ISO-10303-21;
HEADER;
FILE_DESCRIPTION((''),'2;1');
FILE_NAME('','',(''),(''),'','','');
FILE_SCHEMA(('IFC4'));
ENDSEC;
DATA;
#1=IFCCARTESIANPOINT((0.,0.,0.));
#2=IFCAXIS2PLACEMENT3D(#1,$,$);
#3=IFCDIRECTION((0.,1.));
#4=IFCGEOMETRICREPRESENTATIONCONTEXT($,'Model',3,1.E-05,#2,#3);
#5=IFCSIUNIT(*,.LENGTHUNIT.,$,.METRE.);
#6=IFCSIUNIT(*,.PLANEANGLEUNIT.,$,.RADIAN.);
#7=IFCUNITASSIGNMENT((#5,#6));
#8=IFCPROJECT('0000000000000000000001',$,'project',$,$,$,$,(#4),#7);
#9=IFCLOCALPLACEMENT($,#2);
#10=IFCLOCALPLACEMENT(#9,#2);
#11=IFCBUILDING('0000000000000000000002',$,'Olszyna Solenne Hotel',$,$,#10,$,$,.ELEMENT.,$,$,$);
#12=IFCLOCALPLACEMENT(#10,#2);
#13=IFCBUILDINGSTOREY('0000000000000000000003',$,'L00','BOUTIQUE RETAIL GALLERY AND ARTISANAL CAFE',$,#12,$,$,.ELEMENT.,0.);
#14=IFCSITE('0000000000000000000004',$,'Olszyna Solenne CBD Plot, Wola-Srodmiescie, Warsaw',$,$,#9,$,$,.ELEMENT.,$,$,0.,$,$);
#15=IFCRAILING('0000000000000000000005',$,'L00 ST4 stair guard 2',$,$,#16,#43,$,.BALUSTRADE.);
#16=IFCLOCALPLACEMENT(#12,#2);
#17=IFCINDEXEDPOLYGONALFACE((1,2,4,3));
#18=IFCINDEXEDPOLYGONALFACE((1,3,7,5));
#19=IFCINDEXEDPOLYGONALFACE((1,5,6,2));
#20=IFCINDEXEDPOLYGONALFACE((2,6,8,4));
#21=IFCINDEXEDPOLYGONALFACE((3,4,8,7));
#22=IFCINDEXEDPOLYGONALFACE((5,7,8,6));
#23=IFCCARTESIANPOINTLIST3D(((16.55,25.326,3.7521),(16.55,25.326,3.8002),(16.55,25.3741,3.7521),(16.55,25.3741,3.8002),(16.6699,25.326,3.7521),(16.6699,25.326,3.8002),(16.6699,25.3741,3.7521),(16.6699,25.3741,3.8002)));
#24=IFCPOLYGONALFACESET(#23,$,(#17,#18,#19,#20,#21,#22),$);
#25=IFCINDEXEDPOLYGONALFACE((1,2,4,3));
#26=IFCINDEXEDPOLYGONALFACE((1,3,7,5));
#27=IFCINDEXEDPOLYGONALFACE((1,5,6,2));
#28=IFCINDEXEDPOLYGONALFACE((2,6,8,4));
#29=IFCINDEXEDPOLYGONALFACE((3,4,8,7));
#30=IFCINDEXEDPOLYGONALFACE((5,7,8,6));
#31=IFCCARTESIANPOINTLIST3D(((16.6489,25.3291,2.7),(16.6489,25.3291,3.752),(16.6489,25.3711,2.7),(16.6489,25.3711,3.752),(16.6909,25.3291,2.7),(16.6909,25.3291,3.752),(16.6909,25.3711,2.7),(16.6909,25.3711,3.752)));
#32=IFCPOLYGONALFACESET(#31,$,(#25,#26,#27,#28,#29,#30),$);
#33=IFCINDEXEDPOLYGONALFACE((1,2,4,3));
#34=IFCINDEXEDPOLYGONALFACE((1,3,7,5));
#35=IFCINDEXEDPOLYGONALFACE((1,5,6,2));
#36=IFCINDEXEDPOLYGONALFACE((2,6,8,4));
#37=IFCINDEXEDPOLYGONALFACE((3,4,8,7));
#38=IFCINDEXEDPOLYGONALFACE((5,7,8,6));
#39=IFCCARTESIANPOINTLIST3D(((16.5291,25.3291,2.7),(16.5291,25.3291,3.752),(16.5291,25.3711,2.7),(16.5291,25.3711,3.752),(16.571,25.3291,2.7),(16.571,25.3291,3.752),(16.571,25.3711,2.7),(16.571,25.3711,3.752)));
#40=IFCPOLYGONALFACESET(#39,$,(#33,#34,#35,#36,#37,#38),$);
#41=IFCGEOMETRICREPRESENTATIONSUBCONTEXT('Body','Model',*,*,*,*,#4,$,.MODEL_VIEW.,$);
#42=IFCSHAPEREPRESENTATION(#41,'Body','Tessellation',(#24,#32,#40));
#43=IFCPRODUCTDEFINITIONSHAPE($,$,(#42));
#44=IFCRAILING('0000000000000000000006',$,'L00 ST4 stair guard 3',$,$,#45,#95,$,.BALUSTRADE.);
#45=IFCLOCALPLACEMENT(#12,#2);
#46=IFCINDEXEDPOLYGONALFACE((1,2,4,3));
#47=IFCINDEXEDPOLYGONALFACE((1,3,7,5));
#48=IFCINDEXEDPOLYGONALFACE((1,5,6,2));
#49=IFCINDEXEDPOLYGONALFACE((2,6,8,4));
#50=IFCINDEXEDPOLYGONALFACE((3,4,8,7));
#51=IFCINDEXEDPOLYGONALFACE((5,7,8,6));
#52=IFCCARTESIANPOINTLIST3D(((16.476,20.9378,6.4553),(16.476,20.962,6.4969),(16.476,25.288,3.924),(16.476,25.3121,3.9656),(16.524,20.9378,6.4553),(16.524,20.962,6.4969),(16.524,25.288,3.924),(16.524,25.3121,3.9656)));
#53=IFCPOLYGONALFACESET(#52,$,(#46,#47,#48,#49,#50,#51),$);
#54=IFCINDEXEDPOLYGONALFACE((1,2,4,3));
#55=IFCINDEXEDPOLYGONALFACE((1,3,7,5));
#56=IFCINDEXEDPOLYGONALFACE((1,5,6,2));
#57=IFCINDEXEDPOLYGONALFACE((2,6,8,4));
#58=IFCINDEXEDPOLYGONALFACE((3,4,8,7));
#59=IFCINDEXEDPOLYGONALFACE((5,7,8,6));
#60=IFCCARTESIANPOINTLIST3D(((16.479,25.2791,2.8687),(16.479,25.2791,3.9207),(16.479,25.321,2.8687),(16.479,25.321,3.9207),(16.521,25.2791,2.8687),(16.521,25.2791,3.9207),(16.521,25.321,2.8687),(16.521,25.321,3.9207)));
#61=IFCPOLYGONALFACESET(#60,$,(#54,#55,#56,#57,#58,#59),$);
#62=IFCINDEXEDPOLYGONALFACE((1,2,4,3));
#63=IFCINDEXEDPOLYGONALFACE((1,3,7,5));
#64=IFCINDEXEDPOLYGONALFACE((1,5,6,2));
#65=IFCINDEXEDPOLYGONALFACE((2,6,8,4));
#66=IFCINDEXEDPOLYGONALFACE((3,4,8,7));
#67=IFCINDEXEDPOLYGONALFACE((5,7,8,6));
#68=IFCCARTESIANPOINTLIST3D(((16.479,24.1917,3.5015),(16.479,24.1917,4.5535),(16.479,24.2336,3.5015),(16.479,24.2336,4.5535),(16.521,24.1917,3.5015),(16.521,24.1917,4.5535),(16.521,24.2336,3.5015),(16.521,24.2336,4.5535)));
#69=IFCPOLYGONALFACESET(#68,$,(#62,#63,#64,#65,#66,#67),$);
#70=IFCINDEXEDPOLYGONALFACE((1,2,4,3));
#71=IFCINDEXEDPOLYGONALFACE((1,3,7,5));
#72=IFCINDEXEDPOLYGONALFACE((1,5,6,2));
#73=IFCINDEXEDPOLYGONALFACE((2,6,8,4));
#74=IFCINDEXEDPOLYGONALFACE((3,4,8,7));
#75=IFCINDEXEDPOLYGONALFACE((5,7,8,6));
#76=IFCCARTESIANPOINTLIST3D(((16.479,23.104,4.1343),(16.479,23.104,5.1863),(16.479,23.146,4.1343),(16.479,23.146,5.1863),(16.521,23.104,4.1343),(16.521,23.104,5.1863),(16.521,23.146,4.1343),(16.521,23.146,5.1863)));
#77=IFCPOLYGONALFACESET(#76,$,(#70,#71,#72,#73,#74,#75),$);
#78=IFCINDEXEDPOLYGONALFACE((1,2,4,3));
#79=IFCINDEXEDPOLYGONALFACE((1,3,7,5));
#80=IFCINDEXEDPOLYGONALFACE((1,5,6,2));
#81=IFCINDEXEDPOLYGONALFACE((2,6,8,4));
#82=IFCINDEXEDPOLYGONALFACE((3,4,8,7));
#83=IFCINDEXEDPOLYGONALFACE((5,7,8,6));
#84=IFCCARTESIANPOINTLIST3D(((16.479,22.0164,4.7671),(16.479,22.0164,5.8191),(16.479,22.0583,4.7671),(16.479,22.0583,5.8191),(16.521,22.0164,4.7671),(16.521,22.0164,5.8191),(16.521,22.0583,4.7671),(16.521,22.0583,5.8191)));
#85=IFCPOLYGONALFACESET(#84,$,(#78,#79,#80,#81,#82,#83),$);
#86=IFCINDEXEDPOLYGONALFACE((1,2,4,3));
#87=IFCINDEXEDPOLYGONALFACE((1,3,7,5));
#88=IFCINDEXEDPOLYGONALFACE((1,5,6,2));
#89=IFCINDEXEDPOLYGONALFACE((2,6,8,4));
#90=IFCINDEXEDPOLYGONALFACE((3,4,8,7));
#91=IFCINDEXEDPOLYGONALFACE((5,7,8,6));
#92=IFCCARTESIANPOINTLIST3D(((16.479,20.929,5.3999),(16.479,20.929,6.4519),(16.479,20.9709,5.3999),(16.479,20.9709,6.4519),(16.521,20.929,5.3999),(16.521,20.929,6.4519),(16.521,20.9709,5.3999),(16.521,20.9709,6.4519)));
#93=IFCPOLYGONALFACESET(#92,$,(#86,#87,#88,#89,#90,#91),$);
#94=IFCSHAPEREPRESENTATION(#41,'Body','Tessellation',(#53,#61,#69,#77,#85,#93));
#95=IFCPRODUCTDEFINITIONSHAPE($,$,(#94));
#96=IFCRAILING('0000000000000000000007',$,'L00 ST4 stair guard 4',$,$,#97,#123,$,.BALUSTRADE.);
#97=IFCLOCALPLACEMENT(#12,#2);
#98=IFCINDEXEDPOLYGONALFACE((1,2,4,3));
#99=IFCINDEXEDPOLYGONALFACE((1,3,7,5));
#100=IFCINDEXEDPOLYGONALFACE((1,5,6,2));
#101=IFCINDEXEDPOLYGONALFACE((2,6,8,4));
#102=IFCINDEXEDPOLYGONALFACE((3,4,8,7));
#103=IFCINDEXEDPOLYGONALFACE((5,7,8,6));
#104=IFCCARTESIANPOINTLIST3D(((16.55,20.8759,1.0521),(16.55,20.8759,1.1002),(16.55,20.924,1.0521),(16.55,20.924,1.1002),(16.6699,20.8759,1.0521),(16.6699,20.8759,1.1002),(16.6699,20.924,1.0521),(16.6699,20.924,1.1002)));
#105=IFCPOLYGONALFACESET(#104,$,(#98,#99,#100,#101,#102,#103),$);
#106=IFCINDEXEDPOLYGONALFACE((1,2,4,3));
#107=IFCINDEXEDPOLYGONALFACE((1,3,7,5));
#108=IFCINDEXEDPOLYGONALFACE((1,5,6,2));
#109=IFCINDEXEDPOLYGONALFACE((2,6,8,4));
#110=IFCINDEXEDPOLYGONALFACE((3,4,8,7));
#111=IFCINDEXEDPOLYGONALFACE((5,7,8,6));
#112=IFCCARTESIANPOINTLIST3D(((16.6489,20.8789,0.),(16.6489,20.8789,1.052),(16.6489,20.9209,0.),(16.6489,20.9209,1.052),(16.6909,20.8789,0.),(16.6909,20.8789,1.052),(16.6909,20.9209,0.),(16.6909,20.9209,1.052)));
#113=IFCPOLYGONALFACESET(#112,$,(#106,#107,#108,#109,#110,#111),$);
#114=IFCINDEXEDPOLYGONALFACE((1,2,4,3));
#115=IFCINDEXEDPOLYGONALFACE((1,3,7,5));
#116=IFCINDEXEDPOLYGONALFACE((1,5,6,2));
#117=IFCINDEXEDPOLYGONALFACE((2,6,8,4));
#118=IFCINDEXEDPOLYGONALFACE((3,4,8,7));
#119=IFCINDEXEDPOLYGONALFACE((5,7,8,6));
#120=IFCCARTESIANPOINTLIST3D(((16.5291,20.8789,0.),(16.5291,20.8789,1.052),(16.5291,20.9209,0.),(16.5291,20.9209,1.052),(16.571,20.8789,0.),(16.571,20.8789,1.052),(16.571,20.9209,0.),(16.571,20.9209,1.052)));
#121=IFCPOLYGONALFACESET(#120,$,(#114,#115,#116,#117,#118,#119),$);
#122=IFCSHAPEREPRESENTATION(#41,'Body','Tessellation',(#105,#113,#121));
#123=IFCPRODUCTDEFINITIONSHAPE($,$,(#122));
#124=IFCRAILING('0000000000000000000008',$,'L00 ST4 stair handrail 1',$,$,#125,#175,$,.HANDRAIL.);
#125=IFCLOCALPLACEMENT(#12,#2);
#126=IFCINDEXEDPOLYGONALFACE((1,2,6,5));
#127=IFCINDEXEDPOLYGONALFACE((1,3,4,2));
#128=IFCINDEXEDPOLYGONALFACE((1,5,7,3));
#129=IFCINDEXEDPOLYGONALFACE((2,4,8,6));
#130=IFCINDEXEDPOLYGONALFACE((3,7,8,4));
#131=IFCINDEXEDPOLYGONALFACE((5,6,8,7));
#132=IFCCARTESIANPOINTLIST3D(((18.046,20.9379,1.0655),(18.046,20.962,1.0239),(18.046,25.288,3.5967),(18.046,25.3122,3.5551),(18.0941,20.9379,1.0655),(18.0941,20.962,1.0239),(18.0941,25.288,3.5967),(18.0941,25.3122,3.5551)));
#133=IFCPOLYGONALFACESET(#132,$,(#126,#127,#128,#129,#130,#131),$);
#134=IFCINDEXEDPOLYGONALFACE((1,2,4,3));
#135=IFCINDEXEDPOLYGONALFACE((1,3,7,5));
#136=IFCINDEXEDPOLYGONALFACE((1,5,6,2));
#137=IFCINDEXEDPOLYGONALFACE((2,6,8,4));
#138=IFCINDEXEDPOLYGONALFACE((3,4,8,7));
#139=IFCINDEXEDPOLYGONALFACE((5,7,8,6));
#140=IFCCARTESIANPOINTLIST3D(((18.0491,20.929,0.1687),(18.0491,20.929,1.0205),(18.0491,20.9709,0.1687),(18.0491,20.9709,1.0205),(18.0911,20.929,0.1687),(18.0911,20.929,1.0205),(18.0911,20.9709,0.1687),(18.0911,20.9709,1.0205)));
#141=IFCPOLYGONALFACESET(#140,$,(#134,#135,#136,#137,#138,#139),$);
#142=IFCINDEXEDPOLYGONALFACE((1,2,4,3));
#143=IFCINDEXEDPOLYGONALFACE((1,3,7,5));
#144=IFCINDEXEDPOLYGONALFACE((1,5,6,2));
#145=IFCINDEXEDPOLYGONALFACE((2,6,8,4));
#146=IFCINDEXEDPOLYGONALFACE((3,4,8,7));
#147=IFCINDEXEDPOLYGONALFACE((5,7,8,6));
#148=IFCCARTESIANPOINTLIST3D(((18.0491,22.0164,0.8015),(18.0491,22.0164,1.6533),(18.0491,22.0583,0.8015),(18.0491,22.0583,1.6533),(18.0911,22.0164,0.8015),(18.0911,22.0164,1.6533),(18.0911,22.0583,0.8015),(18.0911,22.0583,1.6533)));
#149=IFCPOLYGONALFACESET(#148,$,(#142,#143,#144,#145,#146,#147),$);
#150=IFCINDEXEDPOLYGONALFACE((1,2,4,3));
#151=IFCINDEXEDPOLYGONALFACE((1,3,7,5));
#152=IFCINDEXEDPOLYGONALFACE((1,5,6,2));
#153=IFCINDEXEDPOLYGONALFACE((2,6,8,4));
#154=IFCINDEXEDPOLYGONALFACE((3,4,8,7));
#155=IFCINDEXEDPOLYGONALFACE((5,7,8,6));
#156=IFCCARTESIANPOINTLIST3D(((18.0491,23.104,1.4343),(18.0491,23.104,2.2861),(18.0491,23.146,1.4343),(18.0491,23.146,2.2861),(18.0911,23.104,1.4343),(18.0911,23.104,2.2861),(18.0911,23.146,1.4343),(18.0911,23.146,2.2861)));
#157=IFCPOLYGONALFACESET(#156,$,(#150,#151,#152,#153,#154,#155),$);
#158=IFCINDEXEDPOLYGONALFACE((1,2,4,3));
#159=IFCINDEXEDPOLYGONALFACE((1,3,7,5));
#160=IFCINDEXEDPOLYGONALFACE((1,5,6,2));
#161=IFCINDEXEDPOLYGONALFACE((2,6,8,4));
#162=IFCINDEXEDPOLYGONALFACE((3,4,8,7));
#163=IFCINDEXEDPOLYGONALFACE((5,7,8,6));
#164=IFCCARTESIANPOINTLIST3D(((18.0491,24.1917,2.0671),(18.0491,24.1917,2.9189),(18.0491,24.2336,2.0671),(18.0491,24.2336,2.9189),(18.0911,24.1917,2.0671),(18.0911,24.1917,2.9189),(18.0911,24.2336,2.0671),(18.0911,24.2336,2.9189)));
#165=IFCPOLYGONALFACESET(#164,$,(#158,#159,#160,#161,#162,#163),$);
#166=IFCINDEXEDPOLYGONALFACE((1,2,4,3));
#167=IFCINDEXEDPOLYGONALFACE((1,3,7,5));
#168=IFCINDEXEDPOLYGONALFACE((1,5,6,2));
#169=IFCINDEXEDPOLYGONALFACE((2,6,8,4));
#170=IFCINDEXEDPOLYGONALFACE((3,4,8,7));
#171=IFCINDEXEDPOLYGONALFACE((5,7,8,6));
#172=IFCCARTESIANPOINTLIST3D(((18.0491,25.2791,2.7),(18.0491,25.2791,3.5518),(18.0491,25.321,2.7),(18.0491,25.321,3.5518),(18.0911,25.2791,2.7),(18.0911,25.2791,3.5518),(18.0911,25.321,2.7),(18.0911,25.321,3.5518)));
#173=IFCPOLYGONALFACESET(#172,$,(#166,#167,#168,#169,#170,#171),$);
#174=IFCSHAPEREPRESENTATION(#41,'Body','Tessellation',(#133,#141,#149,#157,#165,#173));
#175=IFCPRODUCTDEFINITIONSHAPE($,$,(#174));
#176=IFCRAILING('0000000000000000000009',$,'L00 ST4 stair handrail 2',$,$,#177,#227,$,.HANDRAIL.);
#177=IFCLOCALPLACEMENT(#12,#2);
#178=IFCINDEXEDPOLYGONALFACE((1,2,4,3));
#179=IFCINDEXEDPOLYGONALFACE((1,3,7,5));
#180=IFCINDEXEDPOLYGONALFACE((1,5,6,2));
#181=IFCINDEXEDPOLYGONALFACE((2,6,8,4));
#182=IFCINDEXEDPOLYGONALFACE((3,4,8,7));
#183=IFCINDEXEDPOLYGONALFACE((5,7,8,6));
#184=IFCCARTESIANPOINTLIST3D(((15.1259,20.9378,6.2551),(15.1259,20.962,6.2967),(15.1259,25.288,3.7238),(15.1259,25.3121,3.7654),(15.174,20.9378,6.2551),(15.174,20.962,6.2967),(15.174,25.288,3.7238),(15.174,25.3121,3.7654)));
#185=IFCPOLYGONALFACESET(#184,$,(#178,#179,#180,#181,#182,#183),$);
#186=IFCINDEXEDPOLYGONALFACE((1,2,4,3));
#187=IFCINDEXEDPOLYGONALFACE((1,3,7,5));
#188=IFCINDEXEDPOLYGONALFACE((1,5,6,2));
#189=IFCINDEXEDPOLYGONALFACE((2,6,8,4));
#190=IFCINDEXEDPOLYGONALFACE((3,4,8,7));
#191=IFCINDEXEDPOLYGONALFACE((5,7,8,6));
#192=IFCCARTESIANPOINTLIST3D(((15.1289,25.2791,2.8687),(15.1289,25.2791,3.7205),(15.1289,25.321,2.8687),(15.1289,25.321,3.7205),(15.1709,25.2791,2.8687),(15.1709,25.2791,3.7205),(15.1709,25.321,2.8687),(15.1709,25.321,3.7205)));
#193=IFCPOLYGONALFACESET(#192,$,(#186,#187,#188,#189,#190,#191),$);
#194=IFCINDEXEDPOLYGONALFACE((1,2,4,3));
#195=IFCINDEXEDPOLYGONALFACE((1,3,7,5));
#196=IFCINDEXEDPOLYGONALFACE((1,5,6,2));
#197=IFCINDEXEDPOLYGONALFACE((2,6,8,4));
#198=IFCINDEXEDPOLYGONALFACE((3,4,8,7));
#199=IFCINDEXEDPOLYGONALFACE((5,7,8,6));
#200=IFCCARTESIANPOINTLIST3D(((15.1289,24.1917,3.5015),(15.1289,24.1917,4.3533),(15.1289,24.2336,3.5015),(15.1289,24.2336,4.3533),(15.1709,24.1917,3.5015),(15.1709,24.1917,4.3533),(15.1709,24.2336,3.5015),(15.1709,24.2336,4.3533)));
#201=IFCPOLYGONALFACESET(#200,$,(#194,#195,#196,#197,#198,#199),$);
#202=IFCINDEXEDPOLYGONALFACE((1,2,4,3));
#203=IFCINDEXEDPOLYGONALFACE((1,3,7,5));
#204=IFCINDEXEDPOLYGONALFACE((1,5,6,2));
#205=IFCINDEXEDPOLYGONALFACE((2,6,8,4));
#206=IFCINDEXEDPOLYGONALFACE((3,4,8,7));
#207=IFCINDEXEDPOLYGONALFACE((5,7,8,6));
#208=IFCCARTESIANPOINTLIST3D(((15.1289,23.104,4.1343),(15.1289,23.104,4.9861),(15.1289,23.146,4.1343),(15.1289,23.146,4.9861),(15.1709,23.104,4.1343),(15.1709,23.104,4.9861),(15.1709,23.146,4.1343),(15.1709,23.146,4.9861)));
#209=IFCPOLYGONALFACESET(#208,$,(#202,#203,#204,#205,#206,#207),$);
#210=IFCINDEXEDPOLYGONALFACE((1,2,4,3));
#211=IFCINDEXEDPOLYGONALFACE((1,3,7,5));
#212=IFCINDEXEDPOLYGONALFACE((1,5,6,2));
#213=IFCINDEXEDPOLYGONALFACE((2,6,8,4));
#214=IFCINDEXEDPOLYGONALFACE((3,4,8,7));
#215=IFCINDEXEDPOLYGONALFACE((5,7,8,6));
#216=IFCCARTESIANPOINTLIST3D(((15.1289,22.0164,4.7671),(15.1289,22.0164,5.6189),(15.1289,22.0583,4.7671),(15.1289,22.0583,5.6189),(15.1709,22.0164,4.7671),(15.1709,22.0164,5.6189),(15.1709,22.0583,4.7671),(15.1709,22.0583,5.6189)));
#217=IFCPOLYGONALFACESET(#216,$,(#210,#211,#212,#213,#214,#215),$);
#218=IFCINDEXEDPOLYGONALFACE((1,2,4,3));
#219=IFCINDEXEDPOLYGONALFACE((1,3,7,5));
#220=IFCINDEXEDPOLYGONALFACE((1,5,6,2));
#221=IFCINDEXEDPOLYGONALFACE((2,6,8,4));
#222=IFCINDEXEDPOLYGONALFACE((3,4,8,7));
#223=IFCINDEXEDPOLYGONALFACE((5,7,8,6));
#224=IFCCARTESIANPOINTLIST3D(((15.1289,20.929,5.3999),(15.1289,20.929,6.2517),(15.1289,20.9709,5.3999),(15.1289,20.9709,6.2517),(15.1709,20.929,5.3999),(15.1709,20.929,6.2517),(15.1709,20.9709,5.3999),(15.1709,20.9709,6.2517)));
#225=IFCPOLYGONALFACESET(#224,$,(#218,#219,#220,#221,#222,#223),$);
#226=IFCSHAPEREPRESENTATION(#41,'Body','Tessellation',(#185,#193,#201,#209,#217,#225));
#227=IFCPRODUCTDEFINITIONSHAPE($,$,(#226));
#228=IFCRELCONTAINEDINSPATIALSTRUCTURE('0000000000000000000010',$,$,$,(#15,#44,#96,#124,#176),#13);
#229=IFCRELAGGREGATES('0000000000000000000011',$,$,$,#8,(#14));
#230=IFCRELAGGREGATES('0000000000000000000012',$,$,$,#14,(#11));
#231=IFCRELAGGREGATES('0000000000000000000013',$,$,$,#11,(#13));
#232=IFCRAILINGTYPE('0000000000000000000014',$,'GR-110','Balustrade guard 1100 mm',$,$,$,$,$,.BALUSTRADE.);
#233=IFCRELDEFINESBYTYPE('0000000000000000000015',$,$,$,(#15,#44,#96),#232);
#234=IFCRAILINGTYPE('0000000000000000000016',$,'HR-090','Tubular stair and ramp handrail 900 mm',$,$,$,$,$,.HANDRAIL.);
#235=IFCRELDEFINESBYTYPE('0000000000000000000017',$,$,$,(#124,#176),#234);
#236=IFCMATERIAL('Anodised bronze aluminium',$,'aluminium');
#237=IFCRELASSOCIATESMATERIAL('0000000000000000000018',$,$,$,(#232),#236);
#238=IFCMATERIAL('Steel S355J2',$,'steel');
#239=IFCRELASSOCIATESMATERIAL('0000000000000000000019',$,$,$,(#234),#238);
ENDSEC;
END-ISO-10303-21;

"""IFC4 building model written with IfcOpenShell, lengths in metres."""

from ifc_helpers import new_model, si_unit, direction, frame, origin, origin_2d, place, context, subcontext, project, spatial, rectangle, extrude, material, type_object, element, save


model = new_model("IFC4")

# Units and contexts
model_context = context("Model", 3, precision=1e-05, world=origin(), true_north=direction((0.0, 1.0)))
body_context = subcontext(model_context, "Body", "Model", "MODEL_VIEW")
ifc_project = project(units=[si_unit("LENGTHUNIT", "METRE"), si_unit("PLANEANGLEUNIT", "RADIAN")], contexts=[model_context])

# Site, building, storey
site_placement = place(None, origin())
site = spatial("IfcSite", under=ifc_project, at=site_placement, Name="Olszyna Solenne CBD Plot, Wola-Srodmiescie, Warsaw", CompositionType="ELEMENT", RefElevation=0.0)
building_placement = place(site_placement, origin())
building = spatial("IfcBuilding", under=site, at=building_placement, Name="Olszyna Solenne Hotel", CompositionType="ELEMENT")
storey_placement = place(building_placement, origin())
storey = spatial("IfcBuildingStorey", under=building, at=storey_placement, Name="L00", Description="BOUTIQUE RETAIL GALLERY AND ARTISANAL CAFE", CompositionType="ELEMENT", Elevation=0.0)

# Shared definitions
ifc_material_1 = material(Name="Steel S355J2", Category="steel")

# Railings
ifc_material_2 = material(Name="Anodised bronze aluminium", Category="aluminium")
railing_type_1 = type_object("IfcRailingType", Name="GR-110", Description="Balustrade guard 1100 mm", PredefinedType="BALUSTRADE", material=ifc_material_2)
railing_1_placement = place(storey_placement, frame((16.6699, 25.3501, 2.7)))
element("IfcRailing", 1, at=railing_1_placement, inside=storey, type_object=railing_type_1, Name="L00 ST4 stair guard 2", PredefinedType="BALUSTRADE", context=body_context, shape_type="SweptSolid", body=[
    extrude(rectangle(XDim=0.0481, YDim=0.0481, at=origin_2d()), frame((0.0, 0.0, 1.0762), z_axis=(-1.0, 0.0, 0.0), x_axis=(0.0, -1.0, 0.0)), (0.0, 0.0, 1.0), 0.1199),
    extrude(rectangle(XDim=0.042, YDim=0.042, at=origin_2d()), origin(), (0.0, 0.0, 1.0), 1.052),
    extrude(rectangle(XDim=0.042, YDim=0.042, at=origin_2d()), frame((-0.1199, 0.0, 0.0)), (0.0, 0.0, 1.0), 1.052),
])
railing_2_placement = place(storey_placement, frame((16.5, 25.3, 2.8687)))
element("IfcRailing", 2, at=railing_2_placement, inside=storey, type_object=railing_type_1, Name="L00 ST4 stair guard 3", PredefinedType="BALUSTRADE", context=body_context, shape_type="SweptSolid", body=[
    extrude(rectangle(XDim=0.0481, YDim=0.0481, at=origin_2d()), frame((0.0, 0.0, 1.0762), z_axis=(0.0, -0.864324, 0.502936), x_axis=(1.0, 0.0, 0.0)), (0.0, 0.0, 1.0), 5.033),
    extrude(rectangle(XDim=0.042, YDim=0.042, at=origin_2d()), origin(), (0.0, 0.0, 1.0), 1.052),
    extrude(rectangle(XDim=0.042, YDim=0.042, at=origin_2d()), frame((0.0, -1.0874, 0.6328)), (0.0, 0.0, 1.0), 1.052),
    extrude(rectangle(XDim=0.042, YDim=0.042, at=origin_2d()), frame((0.0, -2.175, 1.2656)), (0.0, 0.0, 1.0), 1.052),
    extrude(rectangle(XDim=0.042, YDim=0.042, at=origin_2d()), frame((0.0, -3.2627, 1.8984)), (0.0, 0.0, 1.0), 1.052),
    extrude(rectangle(XDim=0.042, YDim=0.042, at=origin_2d()), frame((0.0, -4.3501, 2.5312)), (0.0, 0.0, 1.0), 1.052),
])
railing_3_placement = place(storey_placement, frame((16.6699, 20.8999, 0.0)))
element("IfcRailing", 3, at=railing_3_placement, inside=storey, type_object=railing_type_1, Name="L00 ST4 stair guard 4", PredefinedType="BALUSTRADE", context=body_context, shape_type="SweptSolid", body=[
    extrude(rectangle(XDim=0.0481, YDim=0.0481, at=origin_2d()), frame((0.0, 0.0, 1.0762), z_axis=(-1.0, 0.0, 0.0), x_axis=(0.0, -1.0, 0.0)), (0.0, 0.0, 1.0), 0.1199),
    extrude(rectangle(XDim=0.042, YDim=0.042, at=origin_2d()), origin(), (0.0, 0.0, 1.0), 1.052),
    extrude(rectangle(XDim=0.042, YDim=0.042, at=origin_2d()), frame((-0.1199, 0.0, 0.0)), (0.0, 0.0, 1.0), 1.052),
])
railing_type_2 = type_object("IfcRailingType", Name="HR-090", Description="Tubular stair and ramp handrail 900 mm", PredefinedType="HANDRAIL", material=ifc_material_1)
railing_4_placement = place(storey_placement, frame((18.0701, 20.95, 0.1687)))
element("IfcRailing", 4, at=railing_4_placement, inside=storey, type_object=railing_type_2, Name="L00 ST4 stair handrail 1", PredefinedType="HANDRAIL", context=body_context, shape_type="SweptSolid", body=[
    extrude(rectangle(XDim=0.0481, YDim=0.0481, at=origin_2d()), frame((0.0, 0.0, 0.876), z_axis=(0.0, 0.864324, 0.502936), x_axis=(-1.0, 0.0, 0.0)), (0.0, 0.0, 1.0), 5.033),
    extrude(rectangle(XDim=0.042, YDim=0.042, at=origin_2d()), origin(), (0.0, 0.0, 1.0), 0.8518),
    extrude(rectangle(XDim=0.042, YDim=0.042, at=origin_2d()), frame((0.0, 1.0874, 0.6328)), (0.0, 0.0, 1.0), 0.8518),
    extrude(rectangle(XDim=0.042, YDim=0.042, at=origin_2d()), frame((0.0, 2.175, 1.2656)), (0.0, 0.0, 1.0), 0.8518),
    extrude(rectangle(XDim=0.042, YDim=0.042, at=origin_2d()), frame((0.0, 3.2627, 1.8984)), (0.0, 0.0, 1.0), 0.8518),
    extrude(rectangle(XDim=0.042, YDim=0.042, at=origin_2d()), frame((0.0, 4.3501, 2.5312)), (0.0, 0.0, 1.0), 0.8518),
])
railing_5_placement = place(storey_placement, frame((15.1499, 25.3, 2.8687)))
element("IfcRailing", 5, at=railing_5_placement, inside=storey, type_object=railing_type_2, Name="L00 ST4 stair handrail 2", PredefinedType="HANDRAIL", context=body_context, shape_type="SweptSolid", body=[
    extrude(rectangle(XDim=0.0481, YDim=0.0481, at=origin_2d()), frame((0.0, 0.0, 0.876), z_axis=(0.0, -0.864324, 0.502936), x_axis=(1.0, 0.0, 0.0)), (0.0, 0.0, 1.0), 5.033),
    extrude(rectangle(XDim=0.042, YDim=0.042, at=origin_2d()), origin(), (0.0, 0.0, 1.0), 0.8518),
    extrude(rectangle(XDim=0.042, YDim=0.042, at=origin_2d()), frame((0.0, -1.0874, 0.6328)), (0.0, 0.0, 1.0), 0.8518),
    extrude(rectangle(XDim=0.042, YDim=0.042, at=origin_2d()), frame((0.0, -2.175, 1.2656)), (0.0, 0.0, 1.0), 0.8518),
    extrude(rectangle(XDim=0.042, YDim=0.042, at=origin_2d()), frame((0.0, -3.2627, 1.8984)), (0.0, 0.0, 1.0), 0.8518),
    extrude(rectangle(XDim=0.042, YDim=0.042, at=origin_2d()), frame((0.0, -4.3501, 2.5312)), (0.0, 0.0, 1.0), 0.8518),
])

save(model, "model.ifc")
